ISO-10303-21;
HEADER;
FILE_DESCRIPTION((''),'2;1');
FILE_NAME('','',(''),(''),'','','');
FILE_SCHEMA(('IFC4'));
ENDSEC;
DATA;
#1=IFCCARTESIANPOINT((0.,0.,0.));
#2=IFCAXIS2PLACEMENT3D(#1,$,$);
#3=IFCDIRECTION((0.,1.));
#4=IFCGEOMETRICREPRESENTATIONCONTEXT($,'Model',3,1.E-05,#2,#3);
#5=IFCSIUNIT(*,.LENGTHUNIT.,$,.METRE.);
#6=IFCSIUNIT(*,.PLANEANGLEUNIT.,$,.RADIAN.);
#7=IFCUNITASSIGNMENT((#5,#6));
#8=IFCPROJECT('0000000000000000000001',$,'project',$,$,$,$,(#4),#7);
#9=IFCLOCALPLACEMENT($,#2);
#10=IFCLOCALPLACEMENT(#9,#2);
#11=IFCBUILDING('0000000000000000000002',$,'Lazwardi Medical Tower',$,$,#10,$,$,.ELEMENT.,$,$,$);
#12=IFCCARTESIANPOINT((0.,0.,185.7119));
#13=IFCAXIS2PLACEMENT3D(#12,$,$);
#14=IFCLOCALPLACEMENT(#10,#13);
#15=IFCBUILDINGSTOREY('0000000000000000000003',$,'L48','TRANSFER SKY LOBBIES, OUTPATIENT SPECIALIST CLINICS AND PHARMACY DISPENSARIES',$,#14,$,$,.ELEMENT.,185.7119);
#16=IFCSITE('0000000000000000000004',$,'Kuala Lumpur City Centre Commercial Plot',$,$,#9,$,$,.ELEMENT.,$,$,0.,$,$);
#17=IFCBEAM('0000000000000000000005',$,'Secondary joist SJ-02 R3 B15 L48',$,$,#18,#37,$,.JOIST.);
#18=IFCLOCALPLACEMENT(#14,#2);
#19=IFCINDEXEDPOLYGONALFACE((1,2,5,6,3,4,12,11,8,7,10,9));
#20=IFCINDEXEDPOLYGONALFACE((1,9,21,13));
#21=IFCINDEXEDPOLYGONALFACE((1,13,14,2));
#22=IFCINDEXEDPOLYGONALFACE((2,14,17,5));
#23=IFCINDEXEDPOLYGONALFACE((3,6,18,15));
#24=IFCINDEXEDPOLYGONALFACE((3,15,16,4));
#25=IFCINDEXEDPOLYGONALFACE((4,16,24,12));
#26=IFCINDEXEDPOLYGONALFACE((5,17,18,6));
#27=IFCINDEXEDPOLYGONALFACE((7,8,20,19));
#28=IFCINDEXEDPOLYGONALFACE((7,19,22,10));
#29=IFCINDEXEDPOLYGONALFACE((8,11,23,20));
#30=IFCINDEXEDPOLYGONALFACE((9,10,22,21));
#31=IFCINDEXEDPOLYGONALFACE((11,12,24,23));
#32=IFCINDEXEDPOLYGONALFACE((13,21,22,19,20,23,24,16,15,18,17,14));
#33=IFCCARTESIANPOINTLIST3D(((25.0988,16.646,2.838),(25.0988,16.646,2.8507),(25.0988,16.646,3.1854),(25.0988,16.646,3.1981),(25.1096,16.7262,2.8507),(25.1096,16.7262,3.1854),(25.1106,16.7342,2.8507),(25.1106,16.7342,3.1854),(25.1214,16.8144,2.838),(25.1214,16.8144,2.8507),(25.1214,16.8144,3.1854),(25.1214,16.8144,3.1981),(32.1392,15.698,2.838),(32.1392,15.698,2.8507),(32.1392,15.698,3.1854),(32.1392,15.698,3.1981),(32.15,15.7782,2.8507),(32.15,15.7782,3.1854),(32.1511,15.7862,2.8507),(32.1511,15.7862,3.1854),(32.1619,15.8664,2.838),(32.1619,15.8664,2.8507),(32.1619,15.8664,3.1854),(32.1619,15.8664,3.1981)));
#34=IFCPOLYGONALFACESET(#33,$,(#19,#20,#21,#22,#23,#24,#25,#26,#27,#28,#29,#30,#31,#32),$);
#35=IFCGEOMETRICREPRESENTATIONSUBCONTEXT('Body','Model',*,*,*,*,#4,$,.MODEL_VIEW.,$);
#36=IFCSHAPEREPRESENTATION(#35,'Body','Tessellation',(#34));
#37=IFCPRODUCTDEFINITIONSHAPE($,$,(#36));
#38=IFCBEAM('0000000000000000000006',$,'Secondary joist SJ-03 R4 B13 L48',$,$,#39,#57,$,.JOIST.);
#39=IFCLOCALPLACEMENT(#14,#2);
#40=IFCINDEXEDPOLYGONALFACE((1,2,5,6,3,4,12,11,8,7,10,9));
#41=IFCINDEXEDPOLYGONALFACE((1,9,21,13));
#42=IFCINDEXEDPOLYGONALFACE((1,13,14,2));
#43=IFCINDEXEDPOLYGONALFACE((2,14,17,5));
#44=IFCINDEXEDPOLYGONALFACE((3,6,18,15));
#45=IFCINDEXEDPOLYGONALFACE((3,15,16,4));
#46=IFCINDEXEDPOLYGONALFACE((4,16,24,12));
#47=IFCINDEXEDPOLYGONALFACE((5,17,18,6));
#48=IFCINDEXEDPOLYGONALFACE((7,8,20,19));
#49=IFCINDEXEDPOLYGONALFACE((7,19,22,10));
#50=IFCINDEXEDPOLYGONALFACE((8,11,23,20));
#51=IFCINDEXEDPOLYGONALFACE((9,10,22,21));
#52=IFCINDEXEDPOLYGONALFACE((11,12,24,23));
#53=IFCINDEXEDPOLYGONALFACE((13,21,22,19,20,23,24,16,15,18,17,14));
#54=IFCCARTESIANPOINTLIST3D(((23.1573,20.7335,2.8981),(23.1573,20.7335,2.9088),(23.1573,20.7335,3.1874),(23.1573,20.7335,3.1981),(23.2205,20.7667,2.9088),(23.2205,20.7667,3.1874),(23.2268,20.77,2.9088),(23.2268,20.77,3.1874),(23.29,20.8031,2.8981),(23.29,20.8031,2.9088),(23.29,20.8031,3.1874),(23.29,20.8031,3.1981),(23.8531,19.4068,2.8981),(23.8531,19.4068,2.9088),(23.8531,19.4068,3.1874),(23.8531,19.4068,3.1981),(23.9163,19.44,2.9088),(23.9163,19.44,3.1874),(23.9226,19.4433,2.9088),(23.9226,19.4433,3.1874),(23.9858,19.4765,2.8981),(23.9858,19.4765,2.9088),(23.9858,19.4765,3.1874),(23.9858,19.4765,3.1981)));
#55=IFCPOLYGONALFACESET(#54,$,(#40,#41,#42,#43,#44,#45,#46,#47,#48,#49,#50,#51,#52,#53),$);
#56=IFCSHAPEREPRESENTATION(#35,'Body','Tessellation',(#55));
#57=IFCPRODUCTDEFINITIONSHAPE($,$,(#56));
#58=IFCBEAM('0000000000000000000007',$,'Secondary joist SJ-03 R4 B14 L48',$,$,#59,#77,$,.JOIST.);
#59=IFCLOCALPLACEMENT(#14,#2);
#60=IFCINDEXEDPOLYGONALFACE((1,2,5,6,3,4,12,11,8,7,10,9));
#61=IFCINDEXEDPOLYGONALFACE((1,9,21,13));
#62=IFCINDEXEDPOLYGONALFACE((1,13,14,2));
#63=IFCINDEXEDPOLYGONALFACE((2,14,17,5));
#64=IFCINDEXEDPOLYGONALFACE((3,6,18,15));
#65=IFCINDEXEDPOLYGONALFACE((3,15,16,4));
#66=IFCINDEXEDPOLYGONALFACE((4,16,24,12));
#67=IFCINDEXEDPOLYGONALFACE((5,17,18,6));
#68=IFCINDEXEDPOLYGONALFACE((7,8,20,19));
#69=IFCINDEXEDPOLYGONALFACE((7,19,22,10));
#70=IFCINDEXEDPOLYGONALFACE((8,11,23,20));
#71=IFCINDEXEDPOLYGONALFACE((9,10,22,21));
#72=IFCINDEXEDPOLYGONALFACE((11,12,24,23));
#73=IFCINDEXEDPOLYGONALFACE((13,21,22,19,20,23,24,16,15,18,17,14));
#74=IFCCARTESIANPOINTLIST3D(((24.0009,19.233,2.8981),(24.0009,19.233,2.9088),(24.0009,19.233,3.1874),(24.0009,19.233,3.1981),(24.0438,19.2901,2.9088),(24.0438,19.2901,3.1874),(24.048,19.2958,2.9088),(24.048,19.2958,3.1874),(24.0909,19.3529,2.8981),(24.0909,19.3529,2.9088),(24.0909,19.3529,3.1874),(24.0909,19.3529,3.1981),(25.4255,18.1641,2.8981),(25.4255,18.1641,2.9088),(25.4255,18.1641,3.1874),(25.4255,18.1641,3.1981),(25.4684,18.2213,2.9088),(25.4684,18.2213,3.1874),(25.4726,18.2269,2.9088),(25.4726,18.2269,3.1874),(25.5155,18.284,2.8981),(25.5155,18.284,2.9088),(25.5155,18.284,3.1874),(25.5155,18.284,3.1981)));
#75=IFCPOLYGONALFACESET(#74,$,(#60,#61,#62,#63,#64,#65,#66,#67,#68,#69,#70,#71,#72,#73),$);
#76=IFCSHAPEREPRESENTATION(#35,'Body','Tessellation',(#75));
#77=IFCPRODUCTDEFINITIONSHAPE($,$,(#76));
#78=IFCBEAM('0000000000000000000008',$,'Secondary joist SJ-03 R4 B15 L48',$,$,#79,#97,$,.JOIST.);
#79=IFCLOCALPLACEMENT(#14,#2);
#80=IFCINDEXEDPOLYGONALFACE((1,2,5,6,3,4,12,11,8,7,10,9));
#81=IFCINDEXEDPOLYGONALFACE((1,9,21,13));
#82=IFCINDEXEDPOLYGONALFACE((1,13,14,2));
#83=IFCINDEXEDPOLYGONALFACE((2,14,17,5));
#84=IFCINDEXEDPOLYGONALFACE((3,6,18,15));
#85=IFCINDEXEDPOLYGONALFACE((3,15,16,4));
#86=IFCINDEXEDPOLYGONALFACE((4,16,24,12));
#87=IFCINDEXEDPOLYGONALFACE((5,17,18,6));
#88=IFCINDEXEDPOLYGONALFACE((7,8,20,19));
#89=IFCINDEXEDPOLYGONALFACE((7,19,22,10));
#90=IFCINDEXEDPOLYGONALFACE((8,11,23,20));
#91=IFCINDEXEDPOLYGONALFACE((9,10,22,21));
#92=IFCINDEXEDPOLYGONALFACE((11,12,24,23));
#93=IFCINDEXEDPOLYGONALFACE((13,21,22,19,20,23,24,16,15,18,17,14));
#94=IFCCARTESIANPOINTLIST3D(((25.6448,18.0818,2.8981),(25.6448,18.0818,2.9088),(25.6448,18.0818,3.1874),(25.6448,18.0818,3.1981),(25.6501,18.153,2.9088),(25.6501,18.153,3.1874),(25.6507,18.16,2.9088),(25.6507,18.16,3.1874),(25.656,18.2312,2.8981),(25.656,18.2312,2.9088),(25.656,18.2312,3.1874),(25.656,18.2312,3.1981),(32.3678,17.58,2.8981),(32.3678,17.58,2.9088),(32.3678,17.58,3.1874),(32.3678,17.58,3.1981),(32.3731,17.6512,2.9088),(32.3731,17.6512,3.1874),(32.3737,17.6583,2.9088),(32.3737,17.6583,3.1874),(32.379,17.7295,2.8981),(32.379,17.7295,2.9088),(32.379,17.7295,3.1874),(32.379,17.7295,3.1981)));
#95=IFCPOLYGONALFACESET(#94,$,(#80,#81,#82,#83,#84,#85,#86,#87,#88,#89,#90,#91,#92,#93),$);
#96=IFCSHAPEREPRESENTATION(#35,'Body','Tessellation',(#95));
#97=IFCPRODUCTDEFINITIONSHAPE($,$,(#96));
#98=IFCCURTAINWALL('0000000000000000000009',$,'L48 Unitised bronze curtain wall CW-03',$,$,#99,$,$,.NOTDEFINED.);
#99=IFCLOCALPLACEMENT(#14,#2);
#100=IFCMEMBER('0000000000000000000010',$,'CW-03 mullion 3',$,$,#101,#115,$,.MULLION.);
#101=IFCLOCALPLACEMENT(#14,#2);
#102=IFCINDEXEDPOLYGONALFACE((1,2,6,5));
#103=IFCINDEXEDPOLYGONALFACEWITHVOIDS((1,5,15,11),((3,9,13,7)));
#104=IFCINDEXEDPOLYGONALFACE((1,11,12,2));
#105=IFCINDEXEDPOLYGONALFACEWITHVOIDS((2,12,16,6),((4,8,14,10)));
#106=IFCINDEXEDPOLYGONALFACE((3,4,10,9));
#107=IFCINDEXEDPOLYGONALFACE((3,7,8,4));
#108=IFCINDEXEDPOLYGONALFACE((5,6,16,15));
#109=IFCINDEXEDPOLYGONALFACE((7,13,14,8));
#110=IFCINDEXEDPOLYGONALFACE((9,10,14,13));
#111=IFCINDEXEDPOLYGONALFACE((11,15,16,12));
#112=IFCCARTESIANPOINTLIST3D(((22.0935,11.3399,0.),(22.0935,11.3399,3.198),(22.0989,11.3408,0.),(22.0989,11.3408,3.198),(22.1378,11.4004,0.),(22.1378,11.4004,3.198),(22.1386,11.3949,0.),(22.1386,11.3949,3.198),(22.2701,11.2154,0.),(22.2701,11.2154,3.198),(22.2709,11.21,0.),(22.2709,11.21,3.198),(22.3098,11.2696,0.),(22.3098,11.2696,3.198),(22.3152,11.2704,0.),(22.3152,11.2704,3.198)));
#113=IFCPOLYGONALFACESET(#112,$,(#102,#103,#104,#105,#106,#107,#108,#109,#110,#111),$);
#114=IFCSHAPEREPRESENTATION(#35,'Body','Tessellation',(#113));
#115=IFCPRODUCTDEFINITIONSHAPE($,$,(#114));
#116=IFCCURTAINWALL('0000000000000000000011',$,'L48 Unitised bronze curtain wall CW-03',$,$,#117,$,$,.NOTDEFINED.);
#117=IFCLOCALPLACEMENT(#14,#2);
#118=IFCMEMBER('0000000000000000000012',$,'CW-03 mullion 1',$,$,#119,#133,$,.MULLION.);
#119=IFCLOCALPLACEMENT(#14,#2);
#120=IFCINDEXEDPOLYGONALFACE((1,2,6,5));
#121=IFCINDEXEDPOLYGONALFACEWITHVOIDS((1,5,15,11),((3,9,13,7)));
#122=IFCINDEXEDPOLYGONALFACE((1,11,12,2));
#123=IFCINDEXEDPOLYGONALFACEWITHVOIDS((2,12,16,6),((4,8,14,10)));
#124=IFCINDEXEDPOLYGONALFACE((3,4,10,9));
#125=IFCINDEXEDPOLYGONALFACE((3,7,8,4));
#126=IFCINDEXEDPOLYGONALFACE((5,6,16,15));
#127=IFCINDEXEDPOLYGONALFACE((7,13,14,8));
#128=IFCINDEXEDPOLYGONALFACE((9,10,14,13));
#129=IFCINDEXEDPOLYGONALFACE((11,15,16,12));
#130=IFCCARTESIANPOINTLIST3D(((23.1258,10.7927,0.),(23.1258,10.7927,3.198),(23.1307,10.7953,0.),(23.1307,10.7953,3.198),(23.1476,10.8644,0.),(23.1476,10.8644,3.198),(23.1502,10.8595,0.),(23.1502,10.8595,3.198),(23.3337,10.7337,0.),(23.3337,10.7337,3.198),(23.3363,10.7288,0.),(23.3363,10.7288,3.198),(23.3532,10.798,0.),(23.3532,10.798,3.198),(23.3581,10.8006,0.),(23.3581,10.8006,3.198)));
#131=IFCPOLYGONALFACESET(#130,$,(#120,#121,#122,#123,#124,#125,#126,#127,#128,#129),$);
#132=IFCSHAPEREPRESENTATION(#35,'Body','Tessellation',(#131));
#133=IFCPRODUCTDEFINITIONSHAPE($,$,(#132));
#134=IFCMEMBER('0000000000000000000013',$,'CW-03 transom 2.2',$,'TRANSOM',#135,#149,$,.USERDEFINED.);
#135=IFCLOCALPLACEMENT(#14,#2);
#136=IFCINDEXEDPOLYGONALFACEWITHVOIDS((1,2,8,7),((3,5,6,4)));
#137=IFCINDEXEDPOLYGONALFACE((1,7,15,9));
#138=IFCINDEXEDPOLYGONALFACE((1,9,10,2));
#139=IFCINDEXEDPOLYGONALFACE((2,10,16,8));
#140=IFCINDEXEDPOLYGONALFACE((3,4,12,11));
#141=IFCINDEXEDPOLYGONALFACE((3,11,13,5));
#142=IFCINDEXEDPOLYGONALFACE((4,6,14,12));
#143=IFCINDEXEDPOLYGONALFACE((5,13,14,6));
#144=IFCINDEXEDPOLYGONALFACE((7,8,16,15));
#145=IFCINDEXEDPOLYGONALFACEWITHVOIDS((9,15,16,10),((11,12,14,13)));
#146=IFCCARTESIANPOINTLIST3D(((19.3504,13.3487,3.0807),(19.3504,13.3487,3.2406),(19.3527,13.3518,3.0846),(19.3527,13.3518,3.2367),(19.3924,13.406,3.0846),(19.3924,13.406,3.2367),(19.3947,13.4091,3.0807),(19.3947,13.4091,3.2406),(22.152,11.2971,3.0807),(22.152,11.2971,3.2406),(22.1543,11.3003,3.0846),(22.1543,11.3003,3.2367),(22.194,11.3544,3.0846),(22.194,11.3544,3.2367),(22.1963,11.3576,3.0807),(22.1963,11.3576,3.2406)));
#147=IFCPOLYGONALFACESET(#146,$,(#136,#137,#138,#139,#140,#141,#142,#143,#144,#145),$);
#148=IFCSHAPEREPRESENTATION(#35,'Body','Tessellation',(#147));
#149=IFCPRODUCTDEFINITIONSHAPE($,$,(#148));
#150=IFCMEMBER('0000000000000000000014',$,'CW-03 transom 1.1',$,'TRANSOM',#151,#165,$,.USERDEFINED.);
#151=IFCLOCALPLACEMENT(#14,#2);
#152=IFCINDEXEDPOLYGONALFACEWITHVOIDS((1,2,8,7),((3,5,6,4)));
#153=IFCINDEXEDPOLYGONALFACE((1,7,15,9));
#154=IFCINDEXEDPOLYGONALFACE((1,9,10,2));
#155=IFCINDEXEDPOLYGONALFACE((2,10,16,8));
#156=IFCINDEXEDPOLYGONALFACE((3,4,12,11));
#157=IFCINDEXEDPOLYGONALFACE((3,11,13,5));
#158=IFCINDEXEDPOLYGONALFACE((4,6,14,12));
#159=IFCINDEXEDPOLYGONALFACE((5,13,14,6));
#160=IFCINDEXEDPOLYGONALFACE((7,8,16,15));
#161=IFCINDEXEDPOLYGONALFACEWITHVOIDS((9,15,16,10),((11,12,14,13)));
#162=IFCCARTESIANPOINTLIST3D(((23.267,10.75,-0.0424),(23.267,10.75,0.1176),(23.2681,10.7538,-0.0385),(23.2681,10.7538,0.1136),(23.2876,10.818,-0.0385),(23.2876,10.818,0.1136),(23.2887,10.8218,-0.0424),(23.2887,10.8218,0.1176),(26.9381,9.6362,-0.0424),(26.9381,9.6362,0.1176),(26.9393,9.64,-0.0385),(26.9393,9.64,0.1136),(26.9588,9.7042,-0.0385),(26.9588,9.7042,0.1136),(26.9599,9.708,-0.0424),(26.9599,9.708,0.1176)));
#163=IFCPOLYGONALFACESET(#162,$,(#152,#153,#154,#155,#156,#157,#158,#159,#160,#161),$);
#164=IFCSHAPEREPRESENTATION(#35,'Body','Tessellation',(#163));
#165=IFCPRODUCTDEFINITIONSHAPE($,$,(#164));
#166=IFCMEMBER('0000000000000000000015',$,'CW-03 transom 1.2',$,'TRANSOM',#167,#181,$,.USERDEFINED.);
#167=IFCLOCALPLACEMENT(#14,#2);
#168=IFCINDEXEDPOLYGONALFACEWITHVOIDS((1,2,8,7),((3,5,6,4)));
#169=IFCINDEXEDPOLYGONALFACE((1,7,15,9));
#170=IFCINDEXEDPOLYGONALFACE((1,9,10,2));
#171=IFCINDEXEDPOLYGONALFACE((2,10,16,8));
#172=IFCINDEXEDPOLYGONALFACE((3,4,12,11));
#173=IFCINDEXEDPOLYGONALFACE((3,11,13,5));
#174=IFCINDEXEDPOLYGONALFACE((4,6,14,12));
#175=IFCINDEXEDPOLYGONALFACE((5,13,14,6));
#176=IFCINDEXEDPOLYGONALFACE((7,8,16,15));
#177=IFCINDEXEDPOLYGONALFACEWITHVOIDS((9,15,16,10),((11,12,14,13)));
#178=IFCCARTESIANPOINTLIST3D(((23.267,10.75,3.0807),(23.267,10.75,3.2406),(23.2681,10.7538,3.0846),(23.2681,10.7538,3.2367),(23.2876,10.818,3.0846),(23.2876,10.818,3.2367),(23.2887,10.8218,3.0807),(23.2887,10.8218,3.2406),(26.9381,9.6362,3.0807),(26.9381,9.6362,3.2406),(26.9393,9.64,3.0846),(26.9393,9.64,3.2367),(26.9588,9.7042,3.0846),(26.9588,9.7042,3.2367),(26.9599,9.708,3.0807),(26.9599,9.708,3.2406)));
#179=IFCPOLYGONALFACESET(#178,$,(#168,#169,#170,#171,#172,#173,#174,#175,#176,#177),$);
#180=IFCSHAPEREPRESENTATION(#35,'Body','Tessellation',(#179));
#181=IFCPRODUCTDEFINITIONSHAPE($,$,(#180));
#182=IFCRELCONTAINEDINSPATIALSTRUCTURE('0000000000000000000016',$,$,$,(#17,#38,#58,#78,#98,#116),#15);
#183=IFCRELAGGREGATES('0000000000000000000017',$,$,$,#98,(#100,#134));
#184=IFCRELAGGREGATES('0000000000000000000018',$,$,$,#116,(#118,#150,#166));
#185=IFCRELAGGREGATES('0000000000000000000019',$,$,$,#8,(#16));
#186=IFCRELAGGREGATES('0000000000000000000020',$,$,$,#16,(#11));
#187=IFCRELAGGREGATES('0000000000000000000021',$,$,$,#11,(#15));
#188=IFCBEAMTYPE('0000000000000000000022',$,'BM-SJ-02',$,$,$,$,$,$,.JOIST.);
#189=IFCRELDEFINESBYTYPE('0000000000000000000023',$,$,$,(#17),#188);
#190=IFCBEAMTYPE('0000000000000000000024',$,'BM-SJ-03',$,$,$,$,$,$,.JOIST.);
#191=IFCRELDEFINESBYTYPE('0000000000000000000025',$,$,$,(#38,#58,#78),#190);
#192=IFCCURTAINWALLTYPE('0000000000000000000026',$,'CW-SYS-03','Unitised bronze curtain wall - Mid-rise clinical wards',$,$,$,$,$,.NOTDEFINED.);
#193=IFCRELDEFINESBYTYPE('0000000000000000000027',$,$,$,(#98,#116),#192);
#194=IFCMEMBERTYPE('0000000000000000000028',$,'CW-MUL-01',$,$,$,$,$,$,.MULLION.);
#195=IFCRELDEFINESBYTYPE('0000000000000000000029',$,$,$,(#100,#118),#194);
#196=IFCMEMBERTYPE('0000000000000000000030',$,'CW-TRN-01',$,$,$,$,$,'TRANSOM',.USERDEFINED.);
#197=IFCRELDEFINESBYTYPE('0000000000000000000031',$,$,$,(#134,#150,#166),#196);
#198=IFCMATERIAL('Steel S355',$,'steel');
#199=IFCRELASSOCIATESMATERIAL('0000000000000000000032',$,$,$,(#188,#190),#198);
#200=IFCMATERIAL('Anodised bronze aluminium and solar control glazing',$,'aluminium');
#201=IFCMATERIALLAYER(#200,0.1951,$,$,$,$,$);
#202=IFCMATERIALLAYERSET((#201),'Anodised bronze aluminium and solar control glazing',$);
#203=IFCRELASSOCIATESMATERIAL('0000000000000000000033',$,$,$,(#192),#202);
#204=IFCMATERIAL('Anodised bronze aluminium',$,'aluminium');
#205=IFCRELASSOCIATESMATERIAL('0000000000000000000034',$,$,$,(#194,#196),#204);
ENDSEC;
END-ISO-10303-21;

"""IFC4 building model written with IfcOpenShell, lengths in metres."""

from ifc_helpers import new_model, si_unit, direction, frame, origin, origin_2d, place, context, subcontext, project, spatial, hollow_rectangle, i_section, extrude, material, layer, layer_set, material_profile, profile_set, type_object, element, aggregate, save


model = new_model("IFC4")

# Units and contexts
model_context = context("Model", 3, precision=1e-05, world=origin(), true_north=direction((0.0, 1.0)))
body_context = subcontext(model_context, "Body", "Model", "MODEL_VIEW")
ifc_project = project(units=[si_unit("LENGTHUNIT", "METRE"), si_unit("PLANEANGLEUNIT", "RADIAN")], contexts=[model_context])

# Site, building, storey
site_placement = place(None, origin())
site = spatial("IfcSite", under=ifc_project, at=site_placement, Name="Kuala Lumpur City Centre Commercial Plot", CompositionType="ELEMENT", RefElevation=0.0)
building_placement = place(site_placement, origin())
building = spatial("IfcBuilding", under=site, at=building_placement, Name="Lazwardi Medical Tower", CompositionType="ELEMENT")
storey_placement = place(building_placement, frame((0.0, 0.0, 185.7119)))
storey = spatial("IfcBuildingStorey", under=building, at=storey_placement, Name="L48", Description="TRANSFER SKY LOBBIES, OUTPATIENT SPECIALIST CLINICS AND PHARMACY DISPENSARIES", CompositionType="ELEMENT", Elevation=185.7119)

# Beams
ifc_material_1 = material(Name="Steel S355", Category="steel")
ifc_material_profile_1 = material_profile(ifc_material_1, i_section(OverallWidth=0.1699, OverallDepth=0.3601, WebThickness=0.0081, FlangeThickness=0.0127, at=origin_2d()), Name="IPE 360")
ifc_profile_set_1 = profile_set([ifc_material_profile_1], Name="Steel S355")
beam_type_1 = type_object("IfcBeamType", Name="BM-SJ-02", PredefinedType="JOIST", material=ifc_profile_set_1)
beam_1_placement = place(storey_placement, frame((25.1101, 16.7302, 3.0181), z_axis=(0.991056, -0.133444, 0.0), x_axis=(0.133444, 0.991056, 0.0)))
element("IfcBeam", 1, at=beam_1_placement, inside=storey, type_object=beam_type_1, Name="Secondary joist SJ-02 R3 B15 L48", PredefinedType="JOIST", context=body_context, shape_type="SweptSolid", body=[
    extrude(i_section(OverallWidth=0.1699, OverallDepth=0.3601, WebThickness=0.0081, FlangeThickness=0.0127, at=origin_2d()), origin(), (0.0, 0.0, 1.0), 7.104),
])
ifc_material_profile_2 = material_profile(ifc_material_1, i_section(OverallWidth=0.1499, OverallDepth=0.3, WebThickness=0.0071, FlangeThickness=0.0107, at=origin_2d()), Name="IPE 300")
ifc_profile_set_2 = profile_set([ifc_material_profile_2], Name="Steel S355")
beam_type_2 = type_object("IfcBeamType", Name="BM-SJ-03", PredefinedType="JOIST", material=ifc_profile_set_2)
beam_2_placement = place(storey_placement, frame((23.2236, 20.7683, 3.0481), z_axis=(0.46447, -0.885589, 0.0), x_axis=(0.885589, 0.46447, 0.0)))
element("IfcBeam", 2, at=beam_2_placement, inside=storey, type_object=beam_type_2, Name="Secondary joist SJ-03 R4 B13 L48", PredefinedType="JOIST", context=body_context, shape_type="SweptSolid", body=[
    extrude(i_section(OverallWidth=0.1499, OverallDepth=0.3, WebThickness=0.0071, FlangeThickness=0.0107, at=origin_2d()), origin(), (0.0, 0.0, 1.0), 1.498),
])
beam_3_placement = place(storey_placement, frame((24.0459, 19.293, 3.0481), z_axis=(0.799885, -0.600154, 0.0), x_axis=(0.600154, 0.799885, 0.0)))
element("IfcBeam", 3, at=beam_3_placement, inside=storey, type_object=beam_type_2, Name="Secondary joist SJ-03 R4 B14 L48", PredefinedType="JOIST", context=body_context, shape_type="SweptSolid", body=[
    extrude(i_section(OverallWidth=0.1499, OverallDepth=0.3, WebThickness=0.0071, FlangeThickness=0.0107, at=origin_2d()), origin(), (0.0, 0.0, 1.0), 1.781),
])
beam_4_placement = place(storey_placement, frame((25.6504, 18.1565, 3.0481), z_axis=(0.997227, -0.07442, 0.0), x_axis=(0.07442, 0.997227, 0.0)))
element("IfcBeam", 4, at=beam_4_placement, inside=storey, type_object=beam_type_2, Name="Secondary joist SJ-03 R4 B15 L48", PredefinedType="JOIST", context=body_context, shape_type="SweptSolid", body=[
    extrude(i_section(OverallWidth=0.1499, OverallDepth=0.3, WebThickness=0.0071, FlangeThickness=0.0107, at=origin_2d()), origin(), (0.0, 0.0, 1.0), 6.7417),
])

# Curtain walls, members
ifc_material_2 = material(Name="Anodised bronze aluminium and solar control glazing", Category="aluminium")
ifc_layer_1 = layer(ifc_material_2, 0.1951)
ifc_layer_set_1 = layer_set([ifc_layer_1], Name="Anodised bronze aluminium and solar control glazing")
curtain_wall_type = type_object("IfcCurtainWallType", Name="CW-SYS-03", Description="Unitised bronze curtain wall - Mid-rise clinical wards", PredefinedType="NOTDEFINED", material=ifc_layer_set_1)
curtain_wall_1_placement = place(storey_placement, origin())
curtain_wall_1 = element("IfcCurtainWall", 5, at=curtain_wall_1_placement, inside=storey, type_object=curtain_wall_type, Name="L48 Unitised bronze curtain wall CW-03", PredefinedType="NOTDEFINED")
ifc_material_3 = material(Name="Anodised bronze aluminium", Category="aluminium")
ifc_material_profile_3 = material_profile(ifc_material_3, hollow_rectangle(XDim=0.075, YDim=0.22, WallThickness=0.0039, at=origin_2d()), Name="ALU-MULLION 220x75x4")
ifc_profile_set_3 = profile_set([ifc_material_profile_3], Name="Anodised bronze aluminium")
member_type_1 = type_object("IfcMemberType", Name="CW-MUL-01", PredefinedType="MULLION", material=ifc_profile_set_3)
member_1_placement = place(storey_placement, frame((22.2043, 11.3052, 0.0), z_axis=(0.0, 0.0, 1.0), x_axis=(0.590834, 0.806793, 0.0)))
member_1 = element("IfcMember", 6, at=member_1_placement, type_object=member_type_1, Name="CW-03 mullion 3", PredefinedType="MULLION", context=body_context, shape_type="SweptSolid", body=[
    extrude(hollow_rectangle(XDim=0.075, YDim=0.22, WallThickness=0.0039, at=origin_2d()), origin(), (0.0, 0.0, 1.0), 3.198),
])
curtain_wall_2_placement = place(storey_placement, origin())
curtain_wall_2 = element("IfcCurtainWall", 7, at=curtain_wall_2_placement, inside=storey, type_object=curtain_wall_type, Name="L48 Unitised bronze curtain wall CW-03", PredefinedType="NOTDEFINED")
member_2_placement = place(storey_placement, frame((23.2419, 10.7966, 0.0), z_axis=(0.0, 0.0, 1.0), x_axis=(0.290281, 0.956942, 0.0)))
member_2 = element("IfcMember", 8, at=member_2_placement, type_object=member_type_1, Name="CW-03 mullion 1", PredefinedType="MULLION", context=body_context, shape_type="SweptSolid", body=[
    extrude(hollow_rectangle(XDim=0.075, YDim=0.22, WallThickness=0.0039, at=origin_2d()), origin(), (0.0, 0.0, 1.0), 3.198),
])

# Members
ifc_material_profile_4 = material_profile(ifc_material_3, hollow_rectangle(XDim=0.075, YDim=0.1599, WallThickness=0.0039, at=origin_2d()), Name="ALU-TRANSOM 160x75x4")
ifc_profile_set_4 = profile_set([ifc_material_profile_4], Name="Anodised bronze aluminium")
member_type_2 = type_object("IfcMemberType", Name="CW-TRN-01", ElementType="TRANSOM", PredefinedType="USERDEFINED", material=ifc_profile_set_4)
member_3_placement = place(storey_placement, frame((19.3726, 13.3789, 3.1606), z_axis=(0.806807, -0.590815, 0.0), x_axis=(0.590815, 0.806807, 0.0)))
member_3 = element("IfcMember", 9, at=member_3_placement, type_object=member_type_2, Name="CW-03 transom 2.2", ObjectType="TRANSOM", PredefinedType="USERDEFINED", context=body_context, shape_type="SweptSolid", body=[
    extrude(hollow_rectangle(XDim=0.075, YDim=0.1599, WallThickness=0.0039, at=origin_2d()), origin(), (0.0, 0.0, 1.0), 3.4724),
])
member_4_placement = place(storey_placement, frame((23.2778, 10.7859, 0.0376), z_axis=(0.95693, -0.290318, 0.0), x_axis=(0.290318, 0.95693, 0.0)))
member_4 = element("IfcMember", 10, at=member_4_placement, type_object=member_type_2, Name="CW-03 transom 1.1", ObjectType="TRANSOM", PredefinedType="USERDEFINED", context=body_context, shape_type="SweptSolid", body=[
    extrude(hollow_rectangle(XDim=0.075, YDim=0.1599, WallThickness=0.0039, at=origin_2d()), origin(), (0.0, 0.0, 1.0), 3.8364),
])
member_5_placement = place(storey_placement, frame((23.2778, 10.7859, 3.1606), z_axis=(0.95693, -0.290318, 0.0), x_axis=(0.290318, 0.95693, 0.0)))
member_5 = element("IfcMember", 11, at=member_5_placement, type_object=member_type_2, Name="CW-03 transom 1.2", ObjectType="TRANSOM", PredefinedType="USERDEFINED", context=body_context, shape_type="SweptSolid", body=[
    extrude(hollow_rectangle(XDim=0.075, YDim=0.1599, WallThickness=0.0039, at=origin_2d()), origin(), (0.0, 0.0, 1.0), 3.8364),
])

aggregate(curtain_wall_1, [member_1, member_3])
aggregate(curtain_wall_2, [member_2, member_4, member_5])

save(model, "model.ifc")
